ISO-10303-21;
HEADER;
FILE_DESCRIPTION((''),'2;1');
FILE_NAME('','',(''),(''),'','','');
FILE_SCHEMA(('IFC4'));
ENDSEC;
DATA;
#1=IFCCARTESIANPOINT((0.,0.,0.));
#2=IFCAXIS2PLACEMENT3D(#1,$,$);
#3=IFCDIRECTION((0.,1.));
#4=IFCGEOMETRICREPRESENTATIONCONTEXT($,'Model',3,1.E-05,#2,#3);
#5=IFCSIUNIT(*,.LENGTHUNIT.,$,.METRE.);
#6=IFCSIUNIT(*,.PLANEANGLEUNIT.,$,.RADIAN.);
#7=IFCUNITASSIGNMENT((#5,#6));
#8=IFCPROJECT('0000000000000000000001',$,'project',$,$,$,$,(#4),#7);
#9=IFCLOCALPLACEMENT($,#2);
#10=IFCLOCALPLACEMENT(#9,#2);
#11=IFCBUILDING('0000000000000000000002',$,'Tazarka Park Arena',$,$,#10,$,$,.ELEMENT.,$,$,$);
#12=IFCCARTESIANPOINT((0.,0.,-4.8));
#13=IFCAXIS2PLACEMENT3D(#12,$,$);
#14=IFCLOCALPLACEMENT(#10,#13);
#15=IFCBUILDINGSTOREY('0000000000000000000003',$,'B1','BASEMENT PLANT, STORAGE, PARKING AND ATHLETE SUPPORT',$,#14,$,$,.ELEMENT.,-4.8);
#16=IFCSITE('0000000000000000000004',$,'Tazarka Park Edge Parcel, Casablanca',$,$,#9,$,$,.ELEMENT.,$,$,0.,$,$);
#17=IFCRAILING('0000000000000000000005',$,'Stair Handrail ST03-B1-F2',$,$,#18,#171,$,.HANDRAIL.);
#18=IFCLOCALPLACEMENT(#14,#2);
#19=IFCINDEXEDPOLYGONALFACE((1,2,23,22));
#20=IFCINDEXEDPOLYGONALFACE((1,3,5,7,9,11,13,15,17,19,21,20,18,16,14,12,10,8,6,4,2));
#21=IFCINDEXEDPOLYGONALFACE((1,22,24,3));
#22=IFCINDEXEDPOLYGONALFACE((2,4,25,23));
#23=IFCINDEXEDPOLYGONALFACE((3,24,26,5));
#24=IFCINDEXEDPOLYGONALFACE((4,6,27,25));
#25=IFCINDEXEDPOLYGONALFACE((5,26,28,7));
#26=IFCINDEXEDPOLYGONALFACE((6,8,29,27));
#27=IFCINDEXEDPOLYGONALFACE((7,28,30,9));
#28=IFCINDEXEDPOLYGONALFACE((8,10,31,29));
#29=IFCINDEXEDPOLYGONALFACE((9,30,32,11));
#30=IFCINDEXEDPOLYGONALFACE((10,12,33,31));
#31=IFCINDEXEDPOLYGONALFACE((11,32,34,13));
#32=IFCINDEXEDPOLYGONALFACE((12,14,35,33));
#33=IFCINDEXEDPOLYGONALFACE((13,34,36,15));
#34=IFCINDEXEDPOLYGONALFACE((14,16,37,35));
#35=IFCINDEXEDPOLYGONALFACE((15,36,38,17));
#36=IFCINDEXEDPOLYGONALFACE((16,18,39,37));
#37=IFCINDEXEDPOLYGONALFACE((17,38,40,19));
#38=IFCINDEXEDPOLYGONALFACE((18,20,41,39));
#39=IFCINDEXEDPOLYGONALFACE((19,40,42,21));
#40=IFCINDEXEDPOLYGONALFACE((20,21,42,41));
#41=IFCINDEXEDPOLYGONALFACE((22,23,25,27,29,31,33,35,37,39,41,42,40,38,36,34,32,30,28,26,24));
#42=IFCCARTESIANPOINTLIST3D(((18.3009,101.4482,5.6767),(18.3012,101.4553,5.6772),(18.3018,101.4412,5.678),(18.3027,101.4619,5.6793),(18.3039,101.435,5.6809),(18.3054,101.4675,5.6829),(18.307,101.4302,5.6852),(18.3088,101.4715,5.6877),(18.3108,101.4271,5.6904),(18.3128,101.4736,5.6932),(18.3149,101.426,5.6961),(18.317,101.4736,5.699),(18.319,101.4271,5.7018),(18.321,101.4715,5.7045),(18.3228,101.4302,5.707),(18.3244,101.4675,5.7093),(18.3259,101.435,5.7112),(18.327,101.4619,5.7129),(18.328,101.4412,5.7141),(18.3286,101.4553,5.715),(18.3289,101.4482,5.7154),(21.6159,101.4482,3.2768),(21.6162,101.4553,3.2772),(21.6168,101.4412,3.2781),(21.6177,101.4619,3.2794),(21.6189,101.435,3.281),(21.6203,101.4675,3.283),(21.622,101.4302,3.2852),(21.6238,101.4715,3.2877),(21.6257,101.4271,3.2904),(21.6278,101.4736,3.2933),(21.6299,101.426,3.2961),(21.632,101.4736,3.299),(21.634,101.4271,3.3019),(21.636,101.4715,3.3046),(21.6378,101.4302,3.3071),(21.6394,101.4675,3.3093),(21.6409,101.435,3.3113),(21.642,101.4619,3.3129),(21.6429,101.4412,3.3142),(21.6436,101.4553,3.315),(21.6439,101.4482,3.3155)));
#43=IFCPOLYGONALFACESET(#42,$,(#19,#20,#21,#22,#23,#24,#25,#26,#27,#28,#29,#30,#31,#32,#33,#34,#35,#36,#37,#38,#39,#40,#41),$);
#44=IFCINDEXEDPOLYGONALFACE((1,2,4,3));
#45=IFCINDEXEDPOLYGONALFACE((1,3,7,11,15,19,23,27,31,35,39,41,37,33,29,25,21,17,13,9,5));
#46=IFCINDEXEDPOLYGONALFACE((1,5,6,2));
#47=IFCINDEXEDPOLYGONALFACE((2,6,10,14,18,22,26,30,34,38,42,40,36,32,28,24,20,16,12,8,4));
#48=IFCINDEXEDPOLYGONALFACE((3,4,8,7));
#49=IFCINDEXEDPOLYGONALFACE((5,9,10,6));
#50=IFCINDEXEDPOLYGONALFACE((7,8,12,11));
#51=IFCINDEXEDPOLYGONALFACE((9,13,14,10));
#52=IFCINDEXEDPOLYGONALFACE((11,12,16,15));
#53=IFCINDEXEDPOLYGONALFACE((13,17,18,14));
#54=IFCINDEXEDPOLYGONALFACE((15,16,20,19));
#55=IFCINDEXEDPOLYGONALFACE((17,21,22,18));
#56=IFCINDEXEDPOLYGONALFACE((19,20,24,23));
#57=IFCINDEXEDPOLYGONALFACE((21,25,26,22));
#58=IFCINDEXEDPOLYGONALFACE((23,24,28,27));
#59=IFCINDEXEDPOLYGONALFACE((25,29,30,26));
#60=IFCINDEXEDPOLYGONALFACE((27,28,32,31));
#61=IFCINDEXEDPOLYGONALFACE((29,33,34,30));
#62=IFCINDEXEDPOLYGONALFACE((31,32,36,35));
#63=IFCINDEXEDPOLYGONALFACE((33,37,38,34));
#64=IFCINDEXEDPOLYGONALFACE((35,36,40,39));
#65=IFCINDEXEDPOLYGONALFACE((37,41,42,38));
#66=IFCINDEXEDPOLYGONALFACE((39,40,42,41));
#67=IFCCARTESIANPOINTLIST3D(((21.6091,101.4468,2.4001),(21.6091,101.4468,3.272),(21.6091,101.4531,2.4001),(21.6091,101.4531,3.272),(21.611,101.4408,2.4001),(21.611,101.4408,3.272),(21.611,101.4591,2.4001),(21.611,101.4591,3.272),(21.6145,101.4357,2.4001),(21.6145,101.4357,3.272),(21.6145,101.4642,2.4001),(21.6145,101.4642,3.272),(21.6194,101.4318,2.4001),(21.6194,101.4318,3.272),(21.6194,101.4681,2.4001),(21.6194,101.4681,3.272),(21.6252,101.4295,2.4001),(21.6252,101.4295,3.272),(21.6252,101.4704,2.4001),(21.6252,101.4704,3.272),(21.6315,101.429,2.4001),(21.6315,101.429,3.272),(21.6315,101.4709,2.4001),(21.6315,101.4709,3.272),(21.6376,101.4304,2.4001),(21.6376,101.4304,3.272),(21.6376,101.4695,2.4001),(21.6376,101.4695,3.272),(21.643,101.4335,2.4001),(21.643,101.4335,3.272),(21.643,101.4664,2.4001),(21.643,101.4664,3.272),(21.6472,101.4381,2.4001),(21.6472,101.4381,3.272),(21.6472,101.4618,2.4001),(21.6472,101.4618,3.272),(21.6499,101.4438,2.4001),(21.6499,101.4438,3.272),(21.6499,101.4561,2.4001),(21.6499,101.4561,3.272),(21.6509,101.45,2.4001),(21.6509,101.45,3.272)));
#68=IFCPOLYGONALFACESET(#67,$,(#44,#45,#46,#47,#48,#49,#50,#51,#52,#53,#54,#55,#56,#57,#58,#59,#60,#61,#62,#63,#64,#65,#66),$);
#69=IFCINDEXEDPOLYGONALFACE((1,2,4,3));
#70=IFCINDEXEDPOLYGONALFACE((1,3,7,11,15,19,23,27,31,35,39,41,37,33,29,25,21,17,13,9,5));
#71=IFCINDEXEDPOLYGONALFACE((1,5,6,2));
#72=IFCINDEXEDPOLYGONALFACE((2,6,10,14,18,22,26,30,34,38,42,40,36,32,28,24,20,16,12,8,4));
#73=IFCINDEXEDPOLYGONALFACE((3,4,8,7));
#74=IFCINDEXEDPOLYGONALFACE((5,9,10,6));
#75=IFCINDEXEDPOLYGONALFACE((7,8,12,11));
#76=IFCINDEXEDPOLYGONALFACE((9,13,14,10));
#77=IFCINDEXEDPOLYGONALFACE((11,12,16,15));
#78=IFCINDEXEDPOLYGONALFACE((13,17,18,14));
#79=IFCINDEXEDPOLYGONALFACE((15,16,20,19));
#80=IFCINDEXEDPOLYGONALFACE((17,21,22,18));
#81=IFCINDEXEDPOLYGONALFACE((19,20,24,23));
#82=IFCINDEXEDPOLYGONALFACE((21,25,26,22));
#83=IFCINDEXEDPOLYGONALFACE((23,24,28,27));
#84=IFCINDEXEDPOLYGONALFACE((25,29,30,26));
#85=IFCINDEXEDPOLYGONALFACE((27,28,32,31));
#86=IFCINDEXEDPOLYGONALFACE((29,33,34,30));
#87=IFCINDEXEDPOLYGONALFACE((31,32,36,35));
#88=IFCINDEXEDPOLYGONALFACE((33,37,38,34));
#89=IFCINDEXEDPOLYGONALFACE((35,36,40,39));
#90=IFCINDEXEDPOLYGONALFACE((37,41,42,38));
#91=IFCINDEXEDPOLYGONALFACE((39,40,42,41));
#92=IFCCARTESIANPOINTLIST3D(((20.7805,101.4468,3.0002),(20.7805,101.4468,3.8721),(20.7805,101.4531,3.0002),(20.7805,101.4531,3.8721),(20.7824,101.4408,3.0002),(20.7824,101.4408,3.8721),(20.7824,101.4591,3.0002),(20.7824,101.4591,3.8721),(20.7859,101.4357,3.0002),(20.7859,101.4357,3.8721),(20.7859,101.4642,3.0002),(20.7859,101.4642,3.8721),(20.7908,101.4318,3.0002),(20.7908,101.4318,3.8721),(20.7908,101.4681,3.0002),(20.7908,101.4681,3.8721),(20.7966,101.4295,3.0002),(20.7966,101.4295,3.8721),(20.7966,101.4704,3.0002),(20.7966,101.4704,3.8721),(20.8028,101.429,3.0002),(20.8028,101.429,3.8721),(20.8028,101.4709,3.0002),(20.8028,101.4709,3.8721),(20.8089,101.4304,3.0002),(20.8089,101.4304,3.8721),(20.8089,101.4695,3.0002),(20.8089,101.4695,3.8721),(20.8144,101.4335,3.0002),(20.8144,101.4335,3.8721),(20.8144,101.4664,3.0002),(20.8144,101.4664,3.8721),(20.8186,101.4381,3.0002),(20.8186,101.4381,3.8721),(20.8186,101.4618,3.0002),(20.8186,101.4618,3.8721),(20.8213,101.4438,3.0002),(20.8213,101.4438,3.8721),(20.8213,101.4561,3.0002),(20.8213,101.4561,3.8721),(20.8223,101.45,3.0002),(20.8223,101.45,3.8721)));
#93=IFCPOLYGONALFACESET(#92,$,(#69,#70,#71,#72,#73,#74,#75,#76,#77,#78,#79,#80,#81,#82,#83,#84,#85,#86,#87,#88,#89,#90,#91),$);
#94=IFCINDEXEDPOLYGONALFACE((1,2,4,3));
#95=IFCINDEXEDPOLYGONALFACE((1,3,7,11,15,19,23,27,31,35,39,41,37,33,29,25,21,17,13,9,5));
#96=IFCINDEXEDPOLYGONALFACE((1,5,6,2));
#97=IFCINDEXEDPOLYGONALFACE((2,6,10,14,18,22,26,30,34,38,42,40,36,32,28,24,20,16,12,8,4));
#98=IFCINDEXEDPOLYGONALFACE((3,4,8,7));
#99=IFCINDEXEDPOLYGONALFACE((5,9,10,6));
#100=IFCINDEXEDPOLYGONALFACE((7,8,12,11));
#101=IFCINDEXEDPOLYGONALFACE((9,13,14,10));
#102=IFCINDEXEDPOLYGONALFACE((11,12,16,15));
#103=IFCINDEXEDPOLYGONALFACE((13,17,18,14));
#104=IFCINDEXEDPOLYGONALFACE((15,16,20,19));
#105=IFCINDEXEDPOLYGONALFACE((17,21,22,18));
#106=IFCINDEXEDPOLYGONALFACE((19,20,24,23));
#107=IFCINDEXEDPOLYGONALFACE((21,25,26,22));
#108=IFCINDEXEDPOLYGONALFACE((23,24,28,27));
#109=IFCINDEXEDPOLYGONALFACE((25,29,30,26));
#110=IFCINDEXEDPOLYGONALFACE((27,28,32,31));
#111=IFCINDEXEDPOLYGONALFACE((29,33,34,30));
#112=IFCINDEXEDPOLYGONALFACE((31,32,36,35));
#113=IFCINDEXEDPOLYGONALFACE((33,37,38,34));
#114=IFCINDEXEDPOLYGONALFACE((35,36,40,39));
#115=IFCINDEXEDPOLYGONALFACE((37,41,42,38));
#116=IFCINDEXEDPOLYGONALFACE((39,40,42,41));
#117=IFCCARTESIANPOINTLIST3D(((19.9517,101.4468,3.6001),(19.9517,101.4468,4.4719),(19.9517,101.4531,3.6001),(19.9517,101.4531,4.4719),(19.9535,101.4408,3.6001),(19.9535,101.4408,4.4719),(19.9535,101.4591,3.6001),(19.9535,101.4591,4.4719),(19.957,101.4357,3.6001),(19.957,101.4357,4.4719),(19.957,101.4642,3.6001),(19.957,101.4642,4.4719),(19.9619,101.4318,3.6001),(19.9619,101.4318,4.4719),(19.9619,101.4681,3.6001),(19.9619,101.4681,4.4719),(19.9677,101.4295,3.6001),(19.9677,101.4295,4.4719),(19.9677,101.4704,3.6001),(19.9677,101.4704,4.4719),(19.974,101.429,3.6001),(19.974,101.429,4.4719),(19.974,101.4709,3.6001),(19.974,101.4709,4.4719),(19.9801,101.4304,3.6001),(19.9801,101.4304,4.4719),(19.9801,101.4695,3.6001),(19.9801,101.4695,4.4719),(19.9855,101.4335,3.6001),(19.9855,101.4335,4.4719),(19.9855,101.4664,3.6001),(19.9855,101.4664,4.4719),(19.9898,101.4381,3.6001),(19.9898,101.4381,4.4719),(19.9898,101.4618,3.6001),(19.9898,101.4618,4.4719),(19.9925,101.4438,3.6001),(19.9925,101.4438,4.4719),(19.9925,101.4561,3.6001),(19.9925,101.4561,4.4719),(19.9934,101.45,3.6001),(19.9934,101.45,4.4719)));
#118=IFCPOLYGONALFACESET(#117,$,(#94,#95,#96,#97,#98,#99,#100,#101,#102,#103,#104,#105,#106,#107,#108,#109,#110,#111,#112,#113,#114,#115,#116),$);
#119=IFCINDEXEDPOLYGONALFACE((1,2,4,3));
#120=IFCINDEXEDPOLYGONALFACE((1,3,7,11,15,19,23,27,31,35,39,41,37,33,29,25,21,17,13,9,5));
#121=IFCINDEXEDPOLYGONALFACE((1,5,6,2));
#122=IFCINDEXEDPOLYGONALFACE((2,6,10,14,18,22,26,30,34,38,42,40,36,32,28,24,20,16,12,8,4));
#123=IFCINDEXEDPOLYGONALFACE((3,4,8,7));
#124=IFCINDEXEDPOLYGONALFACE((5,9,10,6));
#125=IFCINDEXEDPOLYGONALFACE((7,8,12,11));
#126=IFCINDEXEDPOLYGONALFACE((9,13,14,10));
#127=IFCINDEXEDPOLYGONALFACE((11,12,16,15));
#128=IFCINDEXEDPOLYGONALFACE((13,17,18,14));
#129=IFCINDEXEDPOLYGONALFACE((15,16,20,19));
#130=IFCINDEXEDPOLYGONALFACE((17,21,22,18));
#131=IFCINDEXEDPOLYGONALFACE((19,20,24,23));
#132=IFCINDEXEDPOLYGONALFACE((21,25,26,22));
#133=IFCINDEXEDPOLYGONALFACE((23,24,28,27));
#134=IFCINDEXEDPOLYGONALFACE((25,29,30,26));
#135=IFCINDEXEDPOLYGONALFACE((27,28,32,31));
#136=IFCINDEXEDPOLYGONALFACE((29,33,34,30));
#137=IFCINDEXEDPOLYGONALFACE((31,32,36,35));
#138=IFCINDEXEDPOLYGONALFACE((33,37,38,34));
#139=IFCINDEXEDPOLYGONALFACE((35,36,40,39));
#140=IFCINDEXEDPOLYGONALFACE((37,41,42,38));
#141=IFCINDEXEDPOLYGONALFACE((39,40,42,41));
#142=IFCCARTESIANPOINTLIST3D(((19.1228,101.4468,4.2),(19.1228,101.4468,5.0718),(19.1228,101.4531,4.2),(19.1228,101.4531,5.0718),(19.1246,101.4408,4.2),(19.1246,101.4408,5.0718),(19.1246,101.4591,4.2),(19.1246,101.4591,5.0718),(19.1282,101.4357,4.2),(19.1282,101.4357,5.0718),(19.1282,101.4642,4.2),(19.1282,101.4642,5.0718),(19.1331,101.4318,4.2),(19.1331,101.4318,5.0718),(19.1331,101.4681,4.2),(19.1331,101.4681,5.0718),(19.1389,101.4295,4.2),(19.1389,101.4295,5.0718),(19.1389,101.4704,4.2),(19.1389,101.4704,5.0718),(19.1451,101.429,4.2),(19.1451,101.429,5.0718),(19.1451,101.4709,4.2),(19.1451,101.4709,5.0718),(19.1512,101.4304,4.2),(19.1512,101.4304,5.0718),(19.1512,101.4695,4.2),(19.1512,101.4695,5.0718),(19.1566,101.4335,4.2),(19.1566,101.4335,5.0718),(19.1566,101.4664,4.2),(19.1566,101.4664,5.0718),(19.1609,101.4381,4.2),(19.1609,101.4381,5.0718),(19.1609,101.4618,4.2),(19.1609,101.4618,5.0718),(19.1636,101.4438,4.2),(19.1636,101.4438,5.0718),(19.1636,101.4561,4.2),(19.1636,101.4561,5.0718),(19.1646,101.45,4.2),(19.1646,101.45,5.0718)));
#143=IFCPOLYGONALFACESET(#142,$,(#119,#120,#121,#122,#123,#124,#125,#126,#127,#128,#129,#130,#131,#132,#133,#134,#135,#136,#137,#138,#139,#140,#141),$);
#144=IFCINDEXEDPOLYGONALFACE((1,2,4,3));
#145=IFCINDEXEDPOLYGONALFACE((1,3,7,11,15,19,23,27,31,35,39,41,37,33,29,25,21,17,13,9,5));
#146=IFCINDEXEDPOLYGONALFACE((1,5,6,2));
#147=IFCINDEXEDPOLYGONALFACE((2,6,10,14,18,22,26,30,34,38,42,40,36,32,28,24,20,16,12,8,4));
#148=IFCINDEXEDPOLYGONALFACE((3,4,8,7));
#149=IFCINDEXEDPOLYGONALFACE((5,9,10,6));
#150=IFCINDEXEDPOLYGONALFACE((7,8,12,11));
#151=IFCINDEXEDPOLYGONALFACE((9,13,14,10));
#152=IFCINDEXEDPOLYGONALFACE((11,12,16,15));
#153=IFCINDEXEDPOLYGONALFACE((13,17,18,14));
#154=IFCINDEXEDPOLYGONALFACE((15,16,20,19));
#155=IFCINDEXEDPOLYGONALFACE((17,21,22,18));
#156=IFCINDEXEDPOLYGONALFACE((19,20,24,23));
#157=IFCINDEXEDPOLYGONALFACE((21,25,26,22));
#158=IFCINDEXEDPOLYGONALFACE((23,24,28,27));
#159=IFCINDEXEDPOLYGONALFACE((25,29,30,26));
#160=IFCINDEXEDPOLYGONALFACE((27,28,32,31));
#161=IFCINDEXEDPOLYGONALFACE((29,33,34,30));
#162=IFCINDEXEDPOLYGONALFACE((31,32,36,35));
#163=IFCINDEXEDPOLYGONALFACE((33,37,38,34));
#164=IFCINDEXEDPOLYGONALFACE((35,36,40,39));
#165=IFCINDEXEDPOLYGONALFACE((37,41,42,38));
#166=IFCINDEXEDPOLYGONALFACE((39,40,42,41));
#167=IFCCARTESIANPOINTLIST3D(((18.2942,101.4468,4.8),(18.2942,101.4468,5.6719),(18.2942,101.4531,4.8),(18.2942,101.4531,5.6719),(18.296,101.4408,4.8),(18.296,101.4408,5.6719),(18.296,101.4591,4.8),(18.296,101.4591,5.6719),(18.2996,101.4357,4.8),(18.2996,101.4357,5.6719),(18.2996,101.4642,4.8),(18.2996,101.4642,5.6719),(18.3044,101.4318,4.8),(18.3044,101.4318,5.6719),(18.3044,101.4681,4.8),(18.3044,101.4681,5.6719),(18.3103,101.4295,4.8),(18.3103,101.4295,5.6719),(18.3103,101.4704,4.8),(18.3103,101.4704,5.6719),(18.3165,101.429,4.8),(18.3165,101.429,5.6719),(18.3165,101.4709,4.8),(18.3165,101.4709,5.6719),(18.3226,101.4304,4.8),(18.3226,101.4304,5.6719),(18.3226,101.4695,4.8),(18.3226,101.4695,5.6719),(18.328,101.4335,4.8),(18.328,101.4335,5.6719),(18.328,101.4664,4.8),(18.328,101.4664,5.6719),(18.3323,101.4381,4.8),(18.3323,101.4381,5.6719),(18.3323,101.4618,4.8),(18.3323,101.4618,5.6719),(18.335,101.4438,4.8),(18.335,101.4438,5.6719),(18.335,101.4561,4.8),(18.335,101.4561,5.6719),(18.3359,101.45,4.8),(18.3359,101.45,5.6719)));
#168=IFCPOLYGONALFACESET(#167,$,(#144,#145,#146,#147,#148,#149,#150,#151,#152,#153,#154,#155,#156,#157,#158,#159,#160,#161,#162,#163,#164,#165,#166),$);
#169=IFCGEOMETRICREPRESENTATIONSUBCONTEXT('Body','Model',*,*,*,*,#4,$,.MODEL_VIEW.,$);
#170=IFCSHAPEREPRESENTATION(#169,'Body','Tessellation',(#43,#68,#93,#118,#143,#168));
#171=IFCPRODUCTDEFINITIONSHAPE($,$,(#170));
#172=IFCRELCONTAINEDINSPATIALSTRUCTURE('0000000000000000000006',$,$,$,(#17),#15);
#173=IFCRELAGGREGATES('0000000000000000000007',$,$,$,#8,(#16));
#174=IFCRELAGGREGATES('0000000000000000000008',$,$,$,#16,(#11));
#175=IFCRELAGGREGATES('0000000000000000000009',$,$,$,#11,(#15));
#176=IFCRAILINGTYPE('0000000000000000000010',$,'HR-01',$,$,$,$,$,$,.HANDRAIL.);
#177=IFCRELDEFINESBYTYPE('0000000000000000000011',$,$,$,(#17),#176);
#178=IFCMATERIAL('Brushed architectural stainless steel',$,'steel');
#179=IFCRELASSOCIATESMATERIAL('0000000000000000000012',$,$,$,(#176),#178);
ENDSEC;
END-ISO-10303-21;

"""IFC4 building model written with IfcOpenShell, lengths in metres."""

from ifc_helpers import new_model, si_unit, direction, frame, origin, origin_2d, place, context, subcontext, project, spatial, circle, extrude, material, type_object, element, save


model = new_model("IFC4")

# Units and contexts
model_context = context("Model", 3, precision=1e-05, world=origin(), true_north=direction((0.0, 1.0)))
body_context = subcontext(model_context, "Body", "Model", "MODEL_VIEW")
ifc_project = project(units=[si_unit("LENGTHUNIT", "METRE"), si_unit("PLANEANGLEUNIT", "RADIAN")], contexts=[model_context])

# Site, building, storey
site_placement = place(None, origin())
site = spatial("IfcSite", under=ifc_project, at=site_placement, Name="Tazarka Park Edge Parcel, Casablanca", CompositionType="ELEMENT", RefElevation=0.0)
building_placement = place(site_placement, origin())
building = spatial("IfcBuilding", under=site, at=building_placement, Name="Tazarka Park Arena", CompositionType="ELEMENT")
storey_placement = place(building_placement, frame((0.0, 0.0, -4.8)))
storey = spatial("IfcBuildingStorey", under=building, at=storey_placement, Name="B1", Description="BASEMENT PLANT, STORAGE, PARKING AND ATHLETE SUPPORT", CompositionType="ELEMENT", Elevation=-4.8)

# Railing
ifc_material_1 = material(Name="Brushed architectural stainless steel", Category="steel")
railing_type_1 = type_object("IfcRailingType", Name="HR-01", PredefinedType="HANDRAIL", material=ifc_material_1)
railing_1_placement = place(storey_placement, frame((21.6299, 101.45, 2.4001)))
element("IfcRailing", 1, at=railing_1_placement, inside=storey, type_object=railing_type_1, Name="Stair Handrail ST03-B1-F2", PredefinedType="HANDRAIL", context=body_context, shape_type="SweptSolid", body=[
    extrude(circle(Radius=0.0239, at=origin_2d()), frame((0.0, 0.0, 0.896), z_axis=(-0.810009, 0.0, 0.586418), x_axis=(0.0, -1.0, 0.0)), (0.0, 0.0, 1.0), 4.0925),
    extrude(circle(Radius=0.021, at=origin_2d()), origin(), (0.0, 0.0, 1.0), 0.8718),
    extrude(circle(Radius=0.021, at=origin_2d()), frame((-0.8286, 0.0, 0.6001)), (0.0, 0.0, 1.0), 0.8718),
    extrude(circle(Radius=0.021, at=origin_2d()), frame((-1.6575, 0.0, 1.2)), (0.0, 0.0, 1.0), 0.8718),
    extrude(circle(Radius=0.021, at=origin_2d()), frame((-2.4863, 0.0, 1.7998)), (0.0, 0.0, 1.0), 0.8718),
    extrude(circle(Radius=0.021, at=origin_2d()), frame((-3.3149, 0.0, 2.3999)), (0.0, 0.0, 1.0), 0.8718),
])

save(model, "model.ifc")
